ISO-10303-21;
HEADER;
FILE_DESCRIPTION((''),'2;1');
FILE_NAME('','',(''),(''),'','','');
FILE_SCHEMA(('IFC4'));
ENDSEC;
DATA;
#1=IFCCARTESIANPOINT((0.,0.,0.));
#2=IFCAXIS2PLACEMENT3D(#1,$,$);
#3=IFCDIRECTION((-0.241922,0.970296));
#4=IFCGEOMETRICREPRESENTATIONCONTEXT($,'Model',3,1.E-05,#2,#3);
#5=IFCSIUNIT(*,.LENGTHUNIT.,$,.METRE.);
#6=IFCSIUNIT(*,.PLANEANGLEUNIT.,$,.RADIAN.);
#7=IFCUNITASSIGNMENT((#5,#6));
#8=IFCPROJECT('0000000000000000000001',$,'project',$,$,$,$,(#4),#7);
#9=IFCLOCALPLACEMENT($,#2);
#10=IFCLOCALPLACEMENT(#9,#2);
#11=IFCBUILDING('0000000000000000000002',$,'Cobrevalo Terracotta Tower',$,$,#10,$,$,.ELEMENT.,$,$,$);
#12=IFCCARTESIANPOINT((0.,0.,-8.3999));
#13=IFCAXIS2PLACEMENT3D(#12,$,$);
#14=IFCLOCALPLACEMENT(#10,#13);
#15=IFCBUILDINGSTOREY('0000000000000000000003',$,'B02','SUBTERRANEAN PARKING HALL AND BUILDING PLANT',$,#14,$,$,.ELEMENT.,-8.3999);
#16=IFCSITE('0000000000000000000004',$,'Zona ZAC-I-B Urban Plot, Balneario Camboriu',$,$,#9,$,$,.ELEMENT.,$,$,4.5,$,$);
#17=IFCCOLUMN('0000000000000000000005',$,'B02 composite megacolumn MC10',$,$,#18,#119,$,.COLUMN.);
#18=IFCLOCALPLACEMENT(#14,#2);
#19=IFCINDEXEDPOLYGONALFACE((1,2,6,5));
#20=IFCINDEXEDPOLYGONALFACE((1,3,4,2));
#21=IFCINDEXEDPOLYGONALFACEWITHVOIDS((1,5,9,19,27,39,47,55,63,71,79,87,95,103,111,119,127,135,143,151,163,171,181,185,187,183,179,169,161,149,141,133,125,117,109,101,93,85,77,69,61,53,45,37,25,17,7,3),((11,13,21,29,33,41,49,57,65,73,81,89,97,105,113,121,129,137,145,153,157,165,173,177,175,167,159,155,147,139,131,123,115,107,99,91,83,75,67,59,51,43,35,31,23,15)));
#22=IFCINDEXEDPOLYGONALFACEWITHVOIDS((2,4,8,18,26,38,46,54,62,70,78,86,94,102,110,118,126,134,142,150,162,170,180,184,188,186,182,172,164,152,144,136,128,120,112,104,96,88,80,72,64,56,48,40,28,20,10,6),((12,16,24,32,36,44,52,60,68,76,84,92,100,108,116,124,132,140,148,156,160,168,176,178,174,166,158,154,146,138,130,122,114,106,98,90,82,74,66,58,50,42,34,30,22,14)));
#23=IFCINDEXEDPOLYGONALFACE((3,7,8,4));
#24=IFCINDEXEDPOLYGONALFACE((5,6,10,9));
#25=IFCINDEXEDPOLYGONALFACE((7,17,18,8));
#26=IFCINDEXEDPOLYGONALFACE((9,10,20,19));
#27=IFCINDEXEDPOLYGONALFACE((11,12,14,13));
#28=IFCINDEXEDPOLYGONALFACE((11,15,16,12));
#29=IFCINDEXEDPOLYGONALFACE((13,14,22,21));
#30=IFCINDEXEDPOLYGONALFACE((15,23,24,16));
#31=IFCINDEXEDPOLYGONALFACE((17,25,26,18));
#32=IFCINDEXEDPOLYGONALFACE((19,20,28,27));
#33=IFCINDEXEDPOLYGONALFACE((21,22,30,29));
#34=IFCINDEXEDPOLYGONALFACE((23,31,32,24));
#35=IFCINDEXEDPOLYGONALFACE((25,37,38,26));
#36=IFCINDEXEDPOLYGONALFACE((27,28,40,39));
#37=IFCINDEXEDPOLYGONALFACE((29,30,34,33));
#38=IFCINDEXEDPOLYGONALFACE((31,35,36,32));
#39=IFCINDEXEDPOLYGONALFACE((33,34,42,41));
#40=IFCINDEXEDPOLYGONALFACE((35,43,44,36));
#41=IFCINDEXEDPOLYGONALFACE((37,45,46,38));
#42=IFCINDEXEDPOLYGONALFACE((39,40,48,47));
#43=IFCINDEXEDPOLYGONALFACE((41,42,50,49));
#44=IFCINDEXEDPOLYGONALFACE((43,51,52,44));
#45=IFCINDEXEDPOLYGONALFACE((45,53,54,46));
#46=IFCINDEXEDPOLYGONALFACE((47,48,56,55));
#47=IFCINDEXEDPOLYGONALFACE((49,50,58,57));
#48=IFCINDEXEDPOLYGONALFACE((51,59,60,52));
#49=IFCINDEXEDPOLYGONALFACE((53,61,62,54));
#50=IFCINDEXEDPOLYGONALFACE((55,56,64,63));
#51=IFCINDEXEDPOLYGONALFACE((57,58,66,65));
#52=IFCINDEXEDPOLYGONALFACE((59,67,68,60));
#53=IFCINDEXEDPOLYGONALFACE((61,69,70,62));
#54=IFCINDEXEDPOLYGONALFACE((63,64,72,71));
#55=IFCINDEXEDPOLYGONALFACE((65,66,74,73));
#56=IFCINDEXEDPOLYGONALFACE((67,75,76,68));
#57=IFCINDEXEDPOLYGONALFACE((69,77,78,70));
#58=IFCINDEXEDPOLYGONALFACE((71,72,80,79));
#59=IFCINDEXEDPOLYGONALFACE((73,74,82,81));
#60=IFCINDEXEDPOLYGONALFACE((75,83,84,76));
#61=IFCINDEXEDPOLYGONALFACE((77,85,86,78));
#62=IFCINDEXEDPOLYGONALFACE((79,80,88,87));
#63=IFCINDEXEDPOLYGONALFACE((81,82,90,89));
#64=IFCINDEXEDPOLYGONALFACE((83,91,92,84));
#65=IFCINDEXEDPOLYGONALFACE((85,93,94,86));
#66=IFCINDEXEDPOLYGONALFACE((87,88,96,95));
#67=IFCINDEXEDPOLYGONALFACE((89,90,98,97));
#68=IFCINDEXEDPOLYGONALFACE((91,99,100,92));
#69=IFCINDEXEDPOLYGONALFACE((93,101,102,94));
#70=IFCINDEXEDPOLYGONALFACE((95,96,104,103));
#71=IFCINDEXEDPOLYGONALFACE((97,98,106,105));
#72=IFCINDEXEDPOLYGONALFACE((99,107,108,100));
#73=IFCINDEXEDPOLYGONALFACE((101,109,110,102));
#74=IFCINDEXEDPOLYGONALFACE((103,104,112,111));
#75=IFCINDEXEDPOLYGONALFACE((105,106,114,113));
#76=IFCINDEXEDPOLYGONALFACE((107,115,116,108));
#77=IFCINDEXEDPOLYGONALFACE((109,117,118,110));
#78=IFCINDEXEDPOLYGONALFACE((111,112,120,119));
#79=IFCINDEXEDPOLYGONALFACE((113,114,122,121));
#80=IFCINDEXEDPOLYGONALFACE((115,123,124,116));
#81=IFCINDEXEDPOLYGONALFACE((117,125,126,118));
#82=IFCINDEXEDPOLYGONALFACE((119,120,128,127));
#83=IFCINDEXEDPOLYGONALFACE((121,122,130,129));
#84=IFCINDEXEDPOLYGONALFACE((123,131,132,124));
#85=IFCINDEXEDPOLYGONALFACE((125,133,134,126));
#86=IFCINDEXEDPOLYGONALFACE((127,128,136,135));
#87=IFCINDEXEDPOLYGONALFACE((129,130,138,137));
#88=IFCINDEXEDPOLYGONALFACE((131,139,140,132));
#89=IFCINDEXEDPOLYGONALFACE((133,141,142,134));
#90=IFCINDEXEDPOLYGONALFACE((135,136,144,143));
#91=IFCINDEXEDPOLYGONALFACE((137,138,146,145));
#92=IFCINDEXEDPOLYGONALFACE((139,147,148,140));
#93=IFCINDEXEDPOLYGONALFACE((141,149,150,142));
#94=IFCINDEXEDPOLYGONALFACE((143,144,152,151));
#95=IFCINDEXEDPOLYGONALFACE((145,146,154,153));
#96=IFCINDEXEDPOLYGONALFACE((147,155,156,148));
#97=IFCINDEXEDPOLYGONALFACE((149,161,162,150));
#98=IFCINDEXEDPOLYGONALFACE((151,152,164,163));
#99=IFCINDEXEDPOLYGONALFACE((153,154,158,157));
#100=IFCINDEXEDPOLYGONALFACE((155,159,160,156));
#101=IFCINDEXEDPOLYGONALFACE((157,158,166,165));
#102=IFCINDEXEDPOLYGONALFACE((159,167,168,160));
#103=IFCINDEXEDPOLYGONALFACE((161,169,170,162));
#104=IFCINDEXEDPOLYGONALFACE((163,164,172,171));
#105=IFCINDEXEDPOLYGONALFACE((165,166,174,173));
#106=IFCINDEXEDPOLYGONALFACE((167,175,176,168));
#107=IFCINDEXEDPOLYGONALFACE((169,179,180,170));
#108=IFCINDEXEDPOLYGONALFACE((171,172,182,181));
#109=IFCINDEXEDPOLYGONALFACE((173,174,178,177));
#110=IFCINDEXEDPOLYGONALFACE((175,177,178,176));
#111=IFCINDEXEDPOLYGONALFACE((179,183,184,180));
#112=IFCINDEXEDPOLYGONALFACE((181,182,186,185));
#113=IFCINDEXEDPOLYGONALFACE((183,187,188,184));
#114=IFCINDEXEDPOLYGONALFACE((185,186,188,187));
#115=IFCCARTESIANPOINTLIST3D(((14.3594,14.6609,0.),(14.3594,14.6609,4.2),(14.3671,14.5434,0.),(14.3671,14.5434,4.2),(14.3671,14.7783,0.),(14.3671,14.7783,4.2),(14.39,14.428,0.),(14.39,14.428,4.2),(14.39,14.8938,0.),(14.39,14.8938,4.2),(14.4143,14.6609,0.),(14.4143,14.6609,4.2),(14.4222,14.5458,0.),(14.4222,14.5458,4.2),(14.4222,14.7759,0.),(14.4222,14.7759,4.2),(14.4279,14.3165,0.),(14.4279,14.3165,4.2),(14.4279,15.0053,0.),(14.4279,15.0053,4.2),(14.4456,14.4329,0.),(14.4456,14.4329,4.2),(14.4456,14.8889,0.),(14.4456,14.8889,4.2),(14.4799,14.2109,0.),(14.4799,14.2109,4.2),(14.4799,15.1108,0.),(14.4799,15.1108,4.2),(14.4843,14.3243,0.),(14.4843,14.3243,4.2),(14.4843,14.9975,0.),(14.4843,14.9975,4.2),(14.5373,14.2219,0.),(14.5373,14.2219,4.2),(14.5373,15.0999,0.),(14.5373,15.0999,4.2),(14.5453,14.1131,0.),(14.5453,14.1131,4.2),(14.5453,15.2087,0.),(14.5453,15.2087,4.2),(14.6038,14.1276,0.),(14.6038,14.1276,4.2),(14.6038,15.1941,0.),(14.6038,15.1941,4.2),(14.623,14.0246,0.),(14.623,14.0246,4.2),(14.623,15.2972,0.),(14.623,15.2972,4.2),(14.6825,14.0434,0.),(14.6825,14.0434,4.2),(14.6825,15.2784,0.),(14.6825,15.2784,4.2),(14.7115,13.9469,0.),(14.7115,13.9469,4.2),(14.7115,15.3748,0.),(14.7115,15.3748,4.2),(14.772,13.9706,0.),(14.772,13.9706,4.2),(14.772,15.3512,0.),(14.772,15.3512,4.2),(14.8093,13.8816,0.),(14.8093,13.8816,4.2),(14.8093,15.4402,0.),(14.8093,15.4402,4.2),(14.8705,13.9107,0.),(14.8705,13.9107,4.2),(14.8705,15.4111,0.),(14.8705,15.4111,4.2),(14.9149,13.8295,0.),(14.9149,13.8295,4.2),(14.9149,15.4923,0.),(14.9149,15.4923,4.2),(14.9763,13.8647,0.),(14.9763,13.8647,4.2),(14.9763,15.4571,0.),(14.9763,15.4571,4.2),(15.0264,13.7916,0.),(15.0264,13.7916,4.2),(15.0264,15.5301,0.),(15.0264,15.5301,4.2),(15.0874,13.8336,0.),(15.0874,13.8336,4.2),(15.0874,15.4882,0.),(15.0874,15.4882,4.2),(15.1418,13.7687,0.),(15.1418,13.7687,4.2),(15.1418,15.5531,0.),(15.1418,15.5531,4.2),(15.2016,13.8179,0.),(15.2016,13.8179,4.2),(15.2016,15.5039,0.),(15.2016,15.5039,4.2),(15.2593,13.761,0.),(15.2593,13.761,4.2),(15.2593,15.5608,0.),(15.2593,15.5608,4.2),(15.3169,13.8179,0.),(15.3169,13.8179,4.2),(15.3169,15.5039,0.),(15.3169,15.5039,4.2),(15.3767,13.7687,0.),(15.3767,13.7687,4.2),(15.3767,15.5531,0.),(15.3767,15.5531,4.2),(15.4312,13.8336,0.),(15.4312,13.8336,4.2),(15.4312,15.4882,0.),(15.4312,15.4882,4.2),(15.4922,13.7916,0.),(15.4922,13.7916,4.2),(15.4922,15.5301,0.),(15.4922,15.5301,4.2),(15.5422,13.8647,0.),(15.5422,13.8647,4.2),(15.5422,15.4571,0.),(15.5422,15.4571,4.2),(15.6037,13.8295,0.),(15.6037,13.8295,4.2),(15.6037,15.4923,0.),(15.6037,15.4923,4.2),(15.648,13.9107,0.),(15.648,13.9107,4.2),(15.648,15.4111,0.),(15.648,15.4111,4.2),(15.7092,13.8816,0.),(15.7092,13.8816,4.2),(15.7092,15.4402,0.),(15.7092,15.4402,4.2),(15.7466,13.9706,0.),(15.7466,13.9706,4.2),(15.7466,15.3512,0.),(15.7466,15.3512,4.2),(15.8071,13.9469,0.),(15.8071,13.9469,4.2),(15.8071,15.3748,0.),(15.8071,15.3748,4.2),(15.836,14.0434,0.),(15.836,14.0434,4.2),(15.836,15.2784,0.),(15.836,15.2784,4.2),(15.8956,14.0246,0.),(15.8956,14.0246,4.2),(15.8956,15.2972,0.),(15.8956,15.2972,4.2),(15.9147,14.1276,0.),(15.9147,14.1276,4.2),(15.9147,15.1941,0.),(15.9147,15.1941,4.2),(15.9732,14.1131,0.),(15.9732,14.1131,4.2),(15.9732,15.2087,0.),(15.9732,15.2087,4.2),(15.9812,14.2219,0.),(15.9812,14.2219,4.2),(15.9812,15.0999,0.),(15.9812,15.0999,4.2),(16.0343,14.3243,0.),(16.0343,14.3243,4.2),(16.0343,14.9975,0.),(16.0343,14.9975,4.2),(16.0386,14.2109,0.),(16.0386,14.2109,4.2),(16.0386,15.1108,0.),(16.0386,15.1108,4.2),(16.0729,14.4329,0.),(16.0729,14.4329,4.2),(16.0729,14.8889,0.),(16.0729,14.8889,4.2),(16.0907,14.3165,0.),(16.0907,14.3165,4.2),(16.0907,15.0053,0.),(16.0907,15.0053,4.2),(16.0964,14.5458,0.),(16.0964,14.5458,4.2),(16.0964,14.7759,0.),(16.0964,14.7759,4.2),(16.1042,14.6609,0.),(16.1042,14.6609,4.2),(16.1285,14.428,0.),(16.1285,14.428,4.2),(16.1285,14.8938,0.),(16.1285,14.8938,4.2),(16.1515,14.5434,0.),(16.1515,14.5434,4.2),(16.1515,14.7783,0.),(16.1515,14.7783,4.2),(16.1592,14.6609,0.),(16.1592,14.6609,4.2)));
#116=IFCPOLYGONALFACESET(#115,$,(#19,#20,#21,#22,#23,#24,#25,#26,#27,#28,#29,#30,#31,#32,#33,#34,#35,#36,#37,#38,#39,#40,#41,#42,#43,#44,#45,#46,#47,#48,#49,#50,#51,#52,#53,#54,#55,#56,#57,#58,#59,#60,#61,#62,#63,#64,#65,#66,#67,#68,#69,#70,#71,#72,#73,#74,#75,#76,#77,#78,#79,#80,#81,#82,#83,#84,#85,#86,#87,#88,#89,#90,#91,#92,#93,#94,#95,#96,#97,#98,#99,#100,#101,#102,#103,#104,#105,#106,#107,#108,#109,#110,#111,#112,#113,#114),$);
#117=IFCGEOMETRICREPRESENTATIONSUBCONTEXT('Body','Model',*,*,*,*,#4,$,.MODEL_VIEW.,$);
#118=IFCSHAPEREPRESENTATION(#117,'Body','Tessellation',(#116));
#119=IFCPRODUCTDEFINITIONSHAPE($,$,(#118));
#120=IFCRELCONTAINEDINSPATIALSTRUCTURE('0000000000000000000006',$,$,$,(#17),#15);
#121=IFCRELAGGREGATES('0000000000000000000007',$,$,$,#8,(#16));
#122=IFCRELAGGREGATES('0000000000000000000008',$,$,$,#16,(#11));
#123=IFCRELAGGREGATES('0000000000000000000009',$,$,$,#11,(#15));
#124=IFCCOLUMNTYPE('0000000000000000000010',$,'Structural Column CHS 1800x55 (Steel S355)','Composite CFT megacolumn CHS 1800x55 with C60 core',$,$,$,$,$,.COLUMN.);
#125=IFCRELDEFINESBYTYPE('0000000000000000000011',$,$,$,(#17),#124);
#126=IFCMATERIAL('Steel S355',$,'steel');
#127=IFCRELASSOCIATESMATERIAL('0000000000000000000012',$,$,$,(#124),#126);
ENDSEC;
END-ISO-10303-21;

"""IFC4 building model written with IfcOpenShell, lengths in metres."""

from ifc_helpers import new_model, si_unit, direction, frame, origin, origin_2d, place, context, subcontext, project, spatial, hollow_circle, extrude, material, material_profile, profile_set, type_object, element, save


model = new_model("IFC4")

# Units and contexts
model_context = context("Model", 3, precision=1e-05, world=origin(), true_north=direction((-0.241922, 0.970296)))
body_context = subcontext(model_context, "Body", "Model", "MODEL_VIEW")
ifc_project = project(units=[si_unit("LENGTHUNIT", "METRE"), si_unit("PLANEANGLEUNIT", "RADIAN")], contexts=[model_context])

# Site, building, storey
site_placement = place(None, origin())
site = spatial("IfcSite", under=ifc_project, at=site_placement, Name="Zona ZAC-I-B Urban Plot, Balneario Camboriu", CompositionType="ELEMENT", RefElevation=4.5)
building_placement = place(site_placement, origin())
building = spatial("IfcBuilding", under=site, at=building_placement, Name="Cobrevalo Terracotta Tower", CompositionType="ELEMENT")
storey_placement = place(building_placement, frame((0.0, 0.0, -8.3999)))
storey = spatial("IfcBuildingStorey", under=building, at=storey_placement, Name="B02", Description="SUBTERRANEAN PARKING HALL AND BUILDING PLANT", CompositionType="ELEMENT", Elevation=-8.3999)

# Column
ifc_material_1 = material(Name="Steel S355", Category="steel")
ifc_material_profile_1 = material_profile(ifc_material_1, hollow_circle(Radius=0.8999, WallThickness=0.0549, at=origin_2d()), Name="CHS 1800x55")
ifc_profile_set_1 = profile_set([ifc_material_profile_1], Name="Steel S355")
column_type_1 = type_object("IfcColumnType", Name="Structural Column CHS 1800x55 (Steel S355)", Description="Composite CFT megacolumn CHS 1800x55 with C60 core", PredefinedType="COLUMN", material=ifc_profile_set_1)
for number, where, z_axis, x_axis, name in (
    (1, (15.2593, 14.6609, 0.0), (0.0, 0.0, 1.0), (1.0, 0.0, 0.0), "B02 composite megacolumn MC10"),
):
    element("IfcColumn", number, at=place(storey_placement, frame(where, z_axis=z_axis, x_axis=x_axis)), inside=storey, type_object=column_type_1, Name=name, PredefinedType="COLUMN", context=body_context, shape_type="SweptSolid", body=[
        extrude(hollow_circle(Radius=0.8999, WallThickness=0.0549, at=origin_2d()), origin(), (0.0, 0.0, 1.0), 4.2),
    ])

save(model, "model.ifc")
